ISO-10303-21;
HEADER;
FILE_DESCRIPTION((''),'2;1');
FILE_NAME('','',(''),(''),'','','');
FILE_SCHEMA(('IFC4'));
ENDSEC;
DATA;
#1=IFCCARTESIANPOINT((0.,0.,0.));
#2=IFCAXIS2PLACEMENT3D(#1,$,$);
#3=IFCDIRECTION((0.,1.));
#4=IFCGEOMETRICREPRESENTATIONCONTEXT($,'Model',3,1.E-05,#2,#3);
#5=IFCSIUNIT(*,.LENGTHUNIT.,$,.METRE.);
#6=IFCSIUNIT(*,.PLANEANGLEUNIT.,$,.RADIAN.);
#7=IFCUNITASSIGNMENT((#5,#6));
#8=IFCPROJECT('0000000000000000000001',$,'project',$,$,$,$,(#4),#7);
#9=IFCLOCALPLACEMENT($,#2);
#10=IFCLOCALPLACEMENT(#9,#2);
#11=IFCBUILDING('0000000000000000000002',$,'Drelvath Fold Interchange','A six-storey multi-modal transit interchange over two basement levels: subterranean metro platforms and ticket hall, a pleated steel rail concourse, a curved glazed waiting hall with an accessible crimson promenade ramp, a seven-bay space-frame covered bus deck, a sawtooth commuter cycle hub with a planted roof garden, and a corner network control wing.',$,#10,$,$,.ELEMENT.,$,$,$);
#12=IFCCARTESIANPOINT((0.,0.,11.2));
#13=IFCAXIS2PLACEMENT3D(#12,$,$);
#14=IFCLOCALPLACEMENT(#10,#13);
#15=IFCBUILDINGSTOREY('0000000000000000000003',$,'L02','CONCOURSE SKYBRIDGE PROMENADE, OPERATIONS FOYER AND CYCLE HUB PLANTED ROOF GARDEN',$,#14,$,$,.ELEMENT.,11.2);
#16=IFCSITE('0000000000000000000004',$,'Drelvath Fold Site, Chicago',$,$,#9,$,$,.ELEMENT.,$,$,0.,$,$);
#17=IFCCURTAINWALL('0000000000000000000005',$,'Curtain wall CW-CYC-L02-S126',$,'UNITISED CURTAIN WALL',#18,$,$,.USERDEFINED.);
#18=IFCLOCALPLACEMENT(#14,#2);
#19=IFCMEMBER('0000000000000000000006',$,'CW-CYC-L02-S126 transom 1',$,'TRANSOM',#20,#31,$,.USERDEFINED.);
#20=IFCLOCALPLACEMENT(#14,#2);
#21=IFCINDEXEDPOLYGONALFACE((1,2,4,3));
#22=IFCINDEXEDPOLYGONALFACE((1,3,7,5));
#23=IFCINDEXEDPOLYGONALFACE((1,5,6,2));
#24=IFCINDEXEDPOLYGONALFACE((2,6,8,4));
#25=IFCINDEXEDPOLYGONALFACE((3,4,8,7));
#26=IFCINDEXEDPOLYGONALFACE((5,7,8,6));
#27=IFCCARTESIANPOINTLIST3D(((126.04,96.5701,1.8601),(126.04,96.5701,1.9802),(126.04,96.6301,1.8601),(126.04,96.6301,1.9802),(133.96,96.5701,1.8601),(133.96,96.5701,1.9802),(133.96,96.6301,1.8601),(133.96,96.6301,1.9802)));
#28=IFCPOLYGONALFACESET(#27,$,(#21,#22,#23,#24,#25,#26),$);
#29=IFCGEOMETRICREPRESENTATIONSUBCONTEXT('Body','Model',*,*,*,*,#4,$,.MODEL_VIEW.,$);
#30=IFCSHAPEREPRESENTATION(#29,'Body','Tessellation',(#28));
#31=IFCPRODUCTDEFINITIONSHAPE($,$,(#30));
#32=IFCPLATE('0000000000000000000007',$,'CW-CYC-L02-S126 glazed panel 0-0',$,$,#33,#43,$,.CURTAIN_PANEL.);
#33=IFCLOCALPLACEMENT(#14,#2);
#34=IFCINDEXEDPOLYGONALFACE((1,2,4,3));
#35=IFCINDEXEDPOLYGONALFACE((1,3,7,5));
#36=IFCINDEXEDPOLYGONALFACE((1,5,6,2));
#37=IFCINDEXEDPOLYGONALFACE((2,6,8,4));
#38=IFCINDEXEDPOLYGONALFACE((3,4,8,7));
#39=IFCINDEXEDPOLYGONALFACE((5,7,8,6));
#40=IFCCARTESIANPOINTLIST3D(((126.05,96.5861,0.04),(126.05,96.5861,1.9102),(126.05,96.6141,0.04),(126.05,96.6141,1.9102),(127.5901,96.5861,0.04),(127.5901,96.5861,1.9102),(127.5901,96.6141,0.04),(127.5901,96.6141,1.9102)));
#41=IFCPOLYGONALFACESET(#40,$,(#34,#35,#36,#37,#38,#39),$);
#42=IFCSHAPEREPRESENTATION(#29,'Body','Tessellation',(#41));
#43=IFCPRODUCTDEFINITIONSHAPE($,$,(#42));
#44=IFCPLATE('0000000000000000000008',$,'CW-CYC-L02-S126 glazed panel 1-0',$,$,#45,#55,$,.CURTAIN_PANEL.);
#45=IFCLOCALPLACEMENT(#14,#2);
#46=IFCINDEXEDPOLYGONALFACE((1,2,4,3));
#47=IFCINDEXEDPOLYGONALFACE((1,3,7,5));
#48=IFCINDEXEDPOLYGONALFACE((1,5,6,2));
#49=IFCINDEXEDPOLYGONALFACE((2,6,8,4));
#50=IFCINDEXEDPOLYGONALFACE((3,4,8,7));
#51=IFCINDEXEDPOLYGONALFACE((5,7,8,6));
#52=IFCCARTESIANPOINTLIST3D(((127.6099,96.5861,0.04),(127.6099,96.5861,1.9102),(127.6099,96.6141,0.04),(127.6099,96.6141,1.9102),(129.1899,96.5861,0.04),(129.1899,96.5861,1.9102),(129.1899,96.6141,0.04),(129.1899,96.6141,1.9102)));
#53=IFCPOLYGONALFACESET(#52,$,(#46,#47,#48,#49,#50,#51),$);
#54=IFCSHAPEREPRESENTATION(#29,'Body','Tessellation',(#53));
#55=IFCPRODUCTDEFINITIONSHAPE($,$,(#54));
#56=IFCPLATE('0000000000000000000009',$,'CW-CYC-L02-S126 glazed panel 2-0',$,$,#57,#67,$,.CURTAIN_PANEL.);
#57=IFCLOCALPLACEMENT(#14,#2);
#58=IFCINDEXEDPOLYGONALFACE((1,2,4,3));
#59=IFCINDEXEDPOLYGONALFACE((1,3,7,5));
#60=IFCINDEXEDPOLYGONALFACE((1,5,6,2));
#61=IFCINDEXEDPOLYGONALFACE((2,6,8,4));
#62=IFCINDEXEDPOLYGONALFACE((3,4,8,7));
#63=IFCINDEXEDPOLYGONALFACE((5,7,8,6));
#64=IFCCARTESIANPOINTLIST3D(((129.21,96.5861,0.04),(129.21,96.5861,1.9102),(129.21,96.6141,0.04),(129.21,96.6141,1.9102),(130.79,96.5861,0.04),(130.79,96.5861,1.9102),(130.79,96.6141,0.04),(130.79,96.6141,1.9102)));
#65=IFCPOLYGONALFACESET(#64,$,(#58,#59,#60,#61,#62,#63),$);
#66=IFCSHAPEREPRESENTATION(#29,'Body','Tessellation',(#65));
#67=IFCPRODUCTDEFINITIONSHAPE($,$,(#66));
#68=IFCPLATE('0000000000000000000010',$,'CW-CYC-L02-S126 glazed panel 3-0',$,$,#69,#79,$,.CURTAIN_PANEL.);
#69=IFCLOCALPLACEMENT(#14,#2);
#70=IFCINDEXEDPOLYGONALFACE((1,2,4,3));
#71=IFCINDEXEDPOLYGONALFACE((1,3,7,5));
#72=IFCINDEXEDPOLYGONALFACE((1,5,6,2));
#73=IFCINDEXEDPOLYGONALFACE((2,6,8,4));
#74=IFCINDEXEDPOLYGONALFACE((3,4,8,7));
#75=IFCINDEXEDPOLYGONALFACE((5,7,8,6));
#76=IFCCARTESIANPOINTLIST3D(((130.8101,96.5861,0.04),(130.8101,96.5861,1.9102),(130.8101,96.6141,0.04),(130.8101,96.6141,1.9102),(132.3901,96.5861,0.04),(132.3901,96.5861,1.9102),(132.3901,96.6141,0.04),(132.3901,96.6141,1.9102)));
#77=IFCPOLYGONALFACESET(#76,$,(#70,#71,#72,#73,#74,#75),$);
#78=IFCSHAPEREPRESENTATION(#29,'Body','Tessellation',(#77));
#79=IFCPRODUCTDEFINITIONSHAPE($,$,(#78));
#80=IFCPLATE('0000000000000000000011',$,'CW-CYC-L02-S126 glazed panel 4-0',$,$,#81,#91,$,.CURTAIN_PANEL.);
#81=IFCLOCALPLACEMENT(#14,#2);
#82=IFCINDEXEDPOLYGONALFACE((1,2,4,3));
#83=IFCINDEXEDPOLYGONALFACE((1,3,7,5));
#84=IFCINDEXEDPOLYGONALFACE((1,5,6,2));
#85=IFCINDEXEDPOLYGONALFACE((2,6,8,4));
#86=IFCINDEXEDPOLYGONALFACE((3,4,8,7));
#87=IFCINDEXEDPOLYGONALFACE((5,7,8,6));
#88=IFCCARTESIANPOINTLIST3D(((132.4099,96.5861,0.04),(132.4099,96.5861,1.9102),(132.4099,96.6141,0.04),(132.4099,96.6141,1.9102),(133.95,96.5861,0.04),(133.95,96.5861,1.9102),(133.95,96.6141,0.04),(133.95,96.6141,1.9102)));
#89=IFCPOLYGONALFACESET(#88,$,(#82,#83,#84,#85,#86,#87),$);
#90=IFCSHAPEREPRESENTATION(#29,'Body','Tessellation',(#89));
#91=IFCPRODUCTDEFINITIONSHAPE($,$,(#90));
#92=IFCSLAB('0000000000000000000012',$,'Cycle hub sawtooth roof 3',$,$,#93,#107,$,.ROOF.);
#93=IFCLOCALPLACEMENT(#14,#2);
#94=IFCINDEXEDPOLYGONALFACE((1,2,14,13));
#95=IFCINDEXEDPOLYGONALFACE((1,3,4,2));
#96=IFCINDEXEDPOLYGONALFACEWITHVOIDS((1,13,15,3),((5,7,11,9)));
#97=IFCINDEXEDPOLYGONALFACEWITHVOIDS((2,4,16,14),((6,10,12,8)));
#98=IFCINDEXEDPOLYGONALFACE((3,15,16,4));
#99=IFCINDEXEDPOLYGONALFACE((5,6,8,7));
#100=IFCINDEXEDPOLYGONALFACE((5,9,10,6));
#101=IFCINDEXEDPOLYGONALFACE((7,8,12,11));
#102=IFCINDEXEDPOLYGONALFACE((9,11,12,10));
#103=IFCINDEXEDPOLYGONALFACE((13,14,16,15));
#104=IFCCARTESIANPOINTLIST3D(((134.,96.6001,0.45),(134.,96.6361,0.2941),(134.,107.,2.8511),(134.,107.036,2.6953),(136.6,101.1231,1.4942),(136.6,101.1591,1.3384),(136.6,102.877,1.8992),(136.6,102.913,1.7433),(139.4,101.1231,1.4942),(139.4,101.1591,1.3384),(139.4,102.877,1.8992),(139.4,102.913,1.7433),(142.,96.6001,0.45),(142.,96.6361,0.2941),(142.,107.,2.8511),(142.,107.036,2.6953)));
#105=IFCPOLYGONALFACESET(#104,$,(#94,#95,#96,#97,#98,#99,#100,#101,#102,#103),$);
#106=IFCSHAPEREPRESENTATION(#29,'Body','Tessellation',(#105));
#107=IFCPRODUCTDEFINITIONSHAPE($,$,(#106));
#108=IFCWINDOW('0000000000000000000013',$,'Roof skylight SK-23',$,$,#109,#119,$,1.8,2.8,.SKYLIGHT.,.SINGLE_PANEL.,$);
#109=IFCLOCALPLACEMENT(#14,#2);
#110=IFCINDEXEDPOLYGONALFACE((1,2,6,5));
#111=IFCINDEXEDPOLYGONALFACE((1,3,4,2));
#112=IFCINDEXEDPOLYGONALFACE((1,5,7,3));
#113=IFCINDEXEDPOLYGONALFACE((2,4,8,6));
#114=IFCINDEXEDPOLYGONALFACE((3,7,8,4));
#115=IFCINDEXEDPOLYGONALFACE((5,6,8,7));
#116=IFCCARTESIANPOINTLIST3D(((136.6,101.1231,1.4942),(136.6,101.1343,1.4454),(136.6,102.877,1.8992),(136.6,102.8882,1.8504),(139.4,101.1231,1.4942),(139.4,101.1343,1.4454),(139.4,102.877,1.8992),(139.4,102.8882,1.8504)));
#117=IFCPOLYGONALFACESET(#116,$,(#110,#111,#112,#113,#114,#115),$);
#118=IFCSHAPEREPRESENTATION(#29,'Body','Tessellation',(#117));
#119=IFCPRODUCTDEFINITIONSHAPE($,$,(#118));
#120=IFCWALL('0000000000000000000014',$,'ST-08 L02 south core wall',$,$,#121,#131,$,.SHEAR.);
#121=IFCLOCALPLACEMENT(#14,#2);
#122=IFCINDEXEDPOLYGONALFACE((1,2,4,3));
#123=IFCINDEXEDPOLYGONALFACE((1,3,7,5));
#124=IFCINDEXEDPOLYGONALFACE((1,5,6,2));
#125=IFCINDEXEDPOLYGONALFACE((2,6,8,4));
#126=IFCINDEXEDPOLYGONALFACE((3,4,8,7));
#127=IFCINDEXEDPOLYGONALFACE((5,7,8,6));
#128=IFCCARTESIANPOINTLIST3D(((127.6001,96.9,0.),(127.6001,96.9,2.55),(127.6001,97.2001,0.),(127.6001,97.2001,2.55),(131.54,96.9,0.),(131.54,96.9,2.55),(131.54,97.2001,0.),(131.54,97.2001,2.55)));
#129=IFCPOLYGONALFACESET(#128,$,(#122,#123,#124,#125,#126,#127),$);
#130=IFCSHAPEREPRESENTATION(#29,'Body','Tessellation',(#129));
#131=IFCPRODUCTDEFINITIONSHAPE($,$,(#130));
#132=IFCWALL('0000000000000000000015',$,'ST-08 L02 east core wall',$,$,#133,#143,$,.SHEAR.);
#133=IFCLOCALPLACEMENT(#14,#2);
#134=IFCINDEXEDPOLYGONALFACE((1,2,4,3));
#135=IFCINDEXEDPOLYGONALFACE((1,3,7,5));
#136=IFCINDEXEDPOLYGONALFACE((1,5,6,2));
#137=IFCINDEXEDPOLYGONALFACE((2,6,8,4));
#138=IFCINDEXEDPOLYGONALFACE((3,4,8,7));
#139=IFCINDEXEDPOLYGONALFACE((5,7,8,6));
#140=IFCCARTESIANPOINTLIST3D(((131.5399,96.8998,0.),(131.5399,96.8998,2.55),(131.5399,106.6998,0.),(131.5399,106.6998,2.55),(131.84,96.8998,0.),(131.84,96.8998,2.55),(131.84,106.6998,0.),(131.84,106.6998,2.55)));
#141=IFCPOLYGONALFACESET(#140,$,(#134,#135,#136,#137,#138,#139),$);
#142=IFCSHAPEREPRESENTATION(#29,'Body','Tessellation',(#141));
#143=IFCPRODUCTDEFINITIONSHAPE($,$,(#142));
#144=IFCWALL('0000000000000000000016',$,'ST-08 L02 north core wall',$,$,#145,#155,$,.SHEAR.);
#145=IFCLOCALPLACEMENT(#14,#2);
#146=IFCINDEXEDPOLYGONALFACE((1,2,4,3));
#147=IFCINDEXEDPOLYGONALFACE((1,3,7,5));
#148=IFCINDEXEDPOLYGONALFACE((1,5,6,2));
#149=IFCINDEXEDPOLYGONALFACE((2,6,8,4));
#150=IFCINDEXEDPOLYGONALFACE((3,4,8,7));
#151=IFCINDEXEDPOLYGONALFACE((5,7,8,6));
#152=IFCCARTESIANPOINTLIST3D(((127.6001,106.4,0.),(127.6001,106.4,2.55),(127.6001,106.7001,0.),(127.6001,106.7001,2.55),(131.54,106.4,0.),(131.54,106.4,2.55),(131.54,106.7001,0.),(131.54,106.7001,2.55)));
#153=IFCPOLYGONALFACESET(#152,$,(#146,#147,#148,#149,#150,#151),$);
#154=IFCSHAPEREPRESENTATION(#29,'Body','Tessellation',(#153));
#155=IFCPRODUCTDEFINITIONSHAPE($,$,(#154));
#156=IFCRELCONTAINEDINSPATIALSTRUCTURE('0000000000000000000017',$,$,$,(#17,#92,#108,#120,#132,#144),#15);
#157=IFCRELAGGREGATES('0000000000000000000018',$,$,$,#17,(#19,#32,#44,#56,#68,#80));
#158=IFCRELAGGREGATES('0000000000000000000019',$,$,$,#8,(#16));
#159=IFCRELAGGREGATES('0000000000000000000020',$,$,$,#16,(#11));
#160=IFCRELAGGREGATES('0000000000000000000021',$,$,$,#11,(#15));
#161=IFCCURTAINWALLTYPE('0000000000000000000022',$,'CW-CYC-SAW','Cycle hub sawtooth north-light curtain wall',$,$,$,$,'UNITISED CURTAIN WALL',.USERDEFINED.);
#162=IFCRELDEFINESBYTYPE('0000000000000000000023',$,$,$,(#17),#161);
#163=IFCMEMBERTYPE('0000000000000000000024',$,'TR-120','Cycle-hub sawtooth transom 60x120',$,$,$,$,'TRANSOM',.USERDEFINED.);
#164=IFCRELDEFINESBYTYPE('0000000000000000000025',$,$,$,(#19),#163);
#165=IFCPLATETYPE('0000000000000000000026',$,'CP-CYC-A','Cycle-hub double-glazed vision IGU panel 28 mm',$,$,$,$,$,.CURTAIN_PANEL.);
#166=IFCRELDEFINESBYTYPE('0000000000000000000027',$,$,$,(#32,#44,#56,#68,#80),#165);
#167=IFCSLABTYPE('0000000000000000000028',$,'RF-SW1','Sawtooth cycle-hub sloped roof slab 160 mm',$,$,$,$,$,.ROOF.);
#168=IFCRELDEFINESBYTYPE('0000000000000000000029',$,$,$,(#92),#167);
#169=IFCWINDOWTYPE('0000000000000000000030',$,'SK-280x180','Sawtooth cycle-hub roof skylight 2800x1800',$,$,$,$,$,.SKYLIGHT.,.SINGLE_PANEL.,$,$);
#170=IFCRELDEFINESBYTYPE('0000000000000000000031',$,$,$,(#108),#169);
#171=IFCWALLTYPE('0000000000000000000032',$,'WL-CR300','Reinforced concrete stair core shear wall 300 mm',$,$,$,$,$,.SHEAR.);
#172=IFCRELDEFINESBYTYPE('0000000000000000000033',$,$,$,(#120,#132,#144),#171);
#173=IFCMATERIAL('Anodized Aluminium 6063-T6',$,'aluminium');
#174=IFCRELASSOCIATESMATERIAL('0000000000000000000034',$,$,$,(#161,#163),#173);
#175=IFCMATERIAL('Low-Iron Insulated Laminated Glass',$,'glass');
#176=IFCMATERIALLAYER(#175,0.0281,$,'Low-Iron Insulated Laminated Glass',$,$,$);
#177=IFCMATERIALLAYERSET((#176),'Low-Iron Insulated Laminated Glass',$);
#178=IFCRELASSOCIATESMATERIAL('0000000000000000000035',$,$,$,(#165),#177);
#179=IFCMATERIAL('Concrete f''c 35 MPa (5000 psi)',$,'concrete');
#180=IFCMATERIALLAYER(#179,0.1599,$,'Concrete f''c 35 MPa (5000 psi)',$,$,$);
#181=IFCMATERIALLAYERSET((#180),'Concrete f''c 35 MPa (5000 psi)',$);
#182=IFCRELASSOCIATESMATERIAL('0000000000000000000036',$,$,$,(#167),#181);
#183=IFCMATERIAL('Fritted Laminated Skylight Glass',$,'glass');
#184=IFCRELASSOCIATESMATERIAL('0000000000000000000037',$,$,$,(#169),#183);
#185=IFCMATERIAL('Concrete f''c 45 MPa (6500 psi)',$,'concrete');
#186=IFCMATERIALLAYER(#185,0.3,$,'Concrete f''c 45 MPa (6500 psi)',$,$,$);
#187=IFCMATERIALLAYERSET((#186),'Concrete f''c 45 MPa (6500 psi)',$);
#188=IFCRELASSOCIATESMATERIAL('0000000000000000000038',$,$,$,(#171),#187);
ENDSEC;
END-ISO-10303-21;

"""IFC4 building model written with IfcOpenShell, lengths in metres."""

from ifc_helpers import new_model, si_unit, direction, frame, frame_2d, origin, origin_2d, place, context, subcontext, project, spatial, polyline, rectangle, outline, extrude, material, layer, layer_set, material_profile, profile_set, type_object, element, fill, aggregate, save


model = new_model("IFC4")

# Units and contexts
model_context = context("Model", 3, precision=1e-05, world=origin(), true_north=direction((0.0, 1.0)))
body_context = subcontext(model_context, "Body", "Model", "MODEL_VIEW")
ifc_project = project(units=[si_unit("LENGTHUNIT", "METRE"), si_unit("PLANEANGLEUNIT", "RADIAN")], contexts=[model_context])

# Site, building, storey
site_placement = place(None, origin())
site = spatial("IfcSite", under=ifc_project, at=site_placement, Name="Drelvath Fold Site, Chicago", CompositionType="ELEMENT", RefElevation=0.0)
building_placement = place(site_placement, origin())
building = spatial("IfcBuilding", under=site, at=building_placement, Name="Drelvath Fold Interchange", Description="A six-storey multi-modal transit interchange over two basement levels: subterranean metro platforms and ticket hall, a pleated steel rail concourse, a curved glazed waiting hall with an accessible crimson promenade ramp, a seven-bay space-frame covered bus deck, a sawtooth commuter cycle hub with a planted roof garden, and a corner network control wing.", CompositionType="ELEMENT")
storey_placement = place(building_placement, frame((0.0, 0.0, 11.2)))
storey = spatial("IfcBuildingStorey", under=building, at=storey_placement, Name="L02", Description="CONCOURSE SKYBRIDGE PROMENADE, OPERATIONS FOYER AND CYCLE HUB PLANTED ROOF GARDEN", CompositionType="ELEMENT", Elevation=11.2)

# Curtain wall, member, plates
ifc_material_1 = material(Name="Anodized Aluminium 6063-T6", Category="aluminium")
curtain_wall_type = type_object("IfcCurtainWallType", Name="CW-CYC-SAW", Description="Cycle hub sawtooth north-light curtain wall", ElementType="UNITISED CURTAIN WALL", PredefinedType="USERDEFINED", material=ifc_material_1)
curtain_wall_placement = place(storey_placement, origin())
curtain_wall = element("IfcCurtainWall", 1, at=curtain_wall_placement, inside=storey, type_object=curtain_wall_type, Name="Curtain wall CW-CYC-L02-S126", ObjectType="UNITISED CURTAIN WALL", PredefinedType="USERDEFINED")
ifc_material_profile_1 = material_profile(ifc_material_1, rectangle(XDim=0.0601, YDim=0.1201, at=origin_2d()), Name="AL-T 60x120")
ifc_profile_set_1 = profile_set([ifc_material_profile_1], Name="Anodized Aluminium 6063-T6")
member_type_1 = type_object("IfcMemberType", Name="TR-120", Description="Cycle-hub sawtooth transom 60x120", ElementType="TRANSOM", PredefinedType="USERDEFINED", material=ifc_profile_set_1)
member_1_placement = place(storey_placement, frame((126.04, 96.6001, 1.9202), z_axis=(1.0, 0.0, 0.0), x_axis=(0.0, 1.0, 0.0)))
member_1 = element("IfcMember", 2, at=member_1_placement, type_object=member_type_1, Name="CW-CYC-L02-S126 transom 1", ObjectType="TRANSOM", PredefinedType="USERDEFINED", context=body_context, shape_type="SweptSolid", body=[
    extrude(rectangle(XDim=0.0601, YDim=0.1201, at=origin_2d()), origin(), (0.0, 0.0, 1.0), 7.9199),
])
ifc_material_2 = material(Name="Low-Iron Insulated Laminated Glass", Category="glass")
ifc_layer_1 = layer(ifc_material_2, 0.0281, Name="Low-Iron Insulated Laminated Glass")
ifc_layer_set_1 = layer_set([ifc_layer_1], Name="Low-Iron Insulated Laminated Glass")
plate_type = type_object("IfcPlateType", Name="CP-CYC-A", Description="Cycle-hub double-glazed vision IGU panel 28 mm", PredefinedType="CURTAIN_PANEL", material=ifc_layer_set_1)
plate_1_placement = place(storey_placement, frame((126.8201, 96.6001, 0.04), z_axis=(0.0, 0.0, 1.0), x_axis=(1.0, 0.0, 0.0)))
plate_1 = element("IfcPlate", 3, at=plate_1_placement, type_object=plate_type, Name="CW-CYC-L02-S126 glazed panel 0-0", PredefinedType="CURTAIN_PANEL", context=body_context, shape_type="SweptSolid", body=[
    extrude(rectangle(XDim=1.54, YDim=0.0281, at=origin_2d()), origin(), (0.0, 0.0, 1.0), 1.8701),
])
plate_2_placement = place(storey_placement, frame((128.3999, 96.6001, 0.04), z_axis=(0.0, 0.0, 1.0), x_axis=(1.0, 0.0, 0.0)))
plate_2 = element("IfcPlate", 4, at=plate_2_placement, type_object=plate_type, Name="CW-CYC-L02-S126 glazed panel 1-0", PredefinedType="CURTAIN_PANEL", context=body_context, shape_type="SweptSolid", body=[
    extrude(rectangle(XDim=1.5801, YDim=0.0281, at=origin_2d()), origin(), (0.0, 0.0, 1.0), 1.8701),
])
plate_3_placement = place(storey_placement, frame((130.0, 96.6001, 0.04), z_axis=(0.0, 0.0, 1.0), x_axis=(1.0, 0.0, 0.0)))
plate_3 = element("IfcPlate", 5, at=plate_3_placement, type_object=plate_type, Name="CW-CYC-L02-S126 glazed panel 2-0", PredefinedType="CURTAIN_PANEL", context=body_context, shape_type="SweptSolid", body=[
    extrude(rectangle(XDim=1.5801, YDim=0.0281, at=origin_2d()), origin(), (0.0, 0.0, 1.0), 1.8701),
])
plate_4_placement = place(storey_placement, frame((131.6001, 96.6001, 0.04), z_axis=(0.0, 0.0, 1.0), x_axis=(1.0, 0.0, 0.0)))
plate_4 = element("IfcPlate", 6, at=plate_4_placement, type_object=plate_type, Name="CW-CYC-L02-S126 glazed panel 3-0", PredefinedType="CURTAIN_PANEL", context=body_context, shape_type="SweptSolid", body=[
    extrude(rectangle(XDim=1.5801, YDim=0.0281, at=origin_2d()), origin(), (0.0, 0.0, 1.0), 1.8701),
])
plate_5_placement = place(storey_placement, frame((133.1799, 96.6001, 0.04), z_axis=(0.0, 0.0, 1.0), x_axis=(1.0, 0.0, 0.0)))
plate_5 = element("IfcPlate", 7, at=plate_5_placement, type_object=plate_type, Name="CW-CYC-L02-S126 glazed panel 4-0", PredefinedType="CURTAIN_PANEL", context=body_context, shape_type="SweptSolid", body=[
    extrude(rectangle(XDim=1.54, YDim=0.0281, at=origin_2d()), origin(), (0.0, 0.0, 1.0), 1.8701),
])
aggregate(curtain_wall, [member_1, plate_1, plate_2, plate_3, plate_4, plate_5])

# Slab, opening, window
ifc_material_3 = material(Name="Concrete f'c 35 MPa (5000 psi)", Category="concrete")
ifc_layer_2 = layer(ifc_material_3, 0.1599, Name="Concrete f'c 35 MPa (5000 psi)")
ifc_layer_set_2 = layer_set([ifc_layer_2], Name="Concrete f'c 35 MPa (5000 psi)")
slab_type = type_object("IfcSlabType", Name="RF-SW1", Description="Sawtooth cycle-hub sloped roof slab 160 mm", PredefinedType="ROOF", material=ifc_layer_set_2)
slab_placement = place(storey_placement, frame((134.0, 96.6001, 0.45), z_axis=(0.0, -0.224961, 0.974368), x_axis=(1.0, 0.0, 0.0)))
slab = element("IfcSlab", 8, at=slab_placement, inside=storey, type_object=slab_type, Name="Cycle hub sawtooth roof 3", PredefinedType="ROOF", context=body_context, shape_type="SweptSolid", body=[
    extrude(outline(polyline([(0.0, 0.0), (8.0, 0.0), (8.0, 10.6735), (0.0, 10.6735), (0.0, 0.0)])), origin(), (0.0, 0.0, -1.0), 0.1599),
])
opening_1_placement = place(slab_placement, frame((4.0, 5.542, 0.01)))
opening_1 = element("IfcOpeningElement", 9, at=opening_1_placement, cuts=slab, PredefinedType="OPENING", context=body_context, shape_type="SweptSolid", body=[
    extrude(rectangle(XDim=2.8, YDim=1.8, at=origin_2d()), origin(), (0.0, 0.0, -1.0), 0.1799),
])
ifc_material_4 = material(Name="Fritted Laminated Skylight Glass", Category="glass")
window_type = type_object("IfcWindowType", Name="SK-280x180", Description="Sawtooth cycle-hub roof skylight 2800x1800", PartitioningType="SINGLE_PANEL", PredefinedType="SKYLIGHT", material=ifc_material_4)
window_placement = place(slab_placement, frame((4.0, 5.542, 0.0)))
window = element("IfcWindow", 10, at=window_placement, inside=storey, type_object=window_type, Name="Roof skylight SK-23", OverallHeight=1.8, OverallWidth=2.8, PartitioningType="SINGLE_PANEL", PredefinedType="SKYLIGHT", context=body_context, shape_type="SweptSolid", body=[
    extrude(rectangle(XDim=2.8, YDim=1.8, at=origin_2d()), origin(), (0.0, 0.0, -1.0), 0.05),
])
fill(opening_1, window)

# Walls
ifc_material_5 = material(Name="Concrete f'c 45 MPa (6500 psi)", Category="concrete")
ifc_layer_3 = layer(ifc_material_5, 0.3, Name="Concrete f'c 45 MPa (6500 psi)")
ifc_layer_set_3 = layer_set([ifc_layer_3], Name="Concrete f'c 45 MPa (6500 psi)")
wall_type = type_object("IfcWallType", Name="WL-CR300", Description="Reinforced concrete stair core shear wall 300 mm", PredefinedType="SHEAR", material=ifc_layer_set_3)
wall_1_placement = place(storey_placement, frame((127.6001, 97.05, 0.0), z_axis=(0.0, 0.0, 1.0), x_axis=(1.0, 0.0, 0.0)))
element("IfcWall", 11, at=wall_1_placement, inside=storey, type_object=wall_type, Name="ST-08 L02 south core wall", PredefinedType="SHEAR", context=body_context, shape_type="SweptSolid", body=[
    extrude(rectangle(XDim=3.9399, YDim=0.3, at=frame_2d((1.97, 0.0))), origin(), (0.0, 0.0, 1.0), 2.55),
])
wall_2_placement = place(storey_placement, frame((131.6899, 96.8999, 0.0), z_axis=(0.0, 0.0, 1.0), x_axis=(0.0, 1.0, 0.0)))
element("IfcWall", 12, at=wall_2_placement, inside=storey, type_object=wall_type, Name="ST-08 L02 east core wall", PredefinedType="SHEAR", context=body_context, shape_type="SweptSolid", body=[
    extrude(rectangle(XDim=9.8, YDim=0.3, at=frame_2d((4.8999, 0.0))), origin(), (0.0, 0.0, 1.0), 2.55),
])
wall_3_placement = place(storey_placement, frame((131.54, 106.55, 0.0), z_axis=(0.0, 0.0, 1.0), x_axis=(-1.0, 0.0, 0.0)))
element("IfcWall", 13, at=wall_3_placement, inside=storey, type_object=wall_type, Name="ST-08 L02 north core wall", PredefinedType="SHEAR", context=body_context, shape_type="SweptSolid", body=[
    extrude(rectangle(XDim=3.9399, YDim=0.3, at=frame_2d((1.97, 0.0))), origin(), (0.0, 0.0, 1.0), 2.55),
])

save(model, "model.ifc")
